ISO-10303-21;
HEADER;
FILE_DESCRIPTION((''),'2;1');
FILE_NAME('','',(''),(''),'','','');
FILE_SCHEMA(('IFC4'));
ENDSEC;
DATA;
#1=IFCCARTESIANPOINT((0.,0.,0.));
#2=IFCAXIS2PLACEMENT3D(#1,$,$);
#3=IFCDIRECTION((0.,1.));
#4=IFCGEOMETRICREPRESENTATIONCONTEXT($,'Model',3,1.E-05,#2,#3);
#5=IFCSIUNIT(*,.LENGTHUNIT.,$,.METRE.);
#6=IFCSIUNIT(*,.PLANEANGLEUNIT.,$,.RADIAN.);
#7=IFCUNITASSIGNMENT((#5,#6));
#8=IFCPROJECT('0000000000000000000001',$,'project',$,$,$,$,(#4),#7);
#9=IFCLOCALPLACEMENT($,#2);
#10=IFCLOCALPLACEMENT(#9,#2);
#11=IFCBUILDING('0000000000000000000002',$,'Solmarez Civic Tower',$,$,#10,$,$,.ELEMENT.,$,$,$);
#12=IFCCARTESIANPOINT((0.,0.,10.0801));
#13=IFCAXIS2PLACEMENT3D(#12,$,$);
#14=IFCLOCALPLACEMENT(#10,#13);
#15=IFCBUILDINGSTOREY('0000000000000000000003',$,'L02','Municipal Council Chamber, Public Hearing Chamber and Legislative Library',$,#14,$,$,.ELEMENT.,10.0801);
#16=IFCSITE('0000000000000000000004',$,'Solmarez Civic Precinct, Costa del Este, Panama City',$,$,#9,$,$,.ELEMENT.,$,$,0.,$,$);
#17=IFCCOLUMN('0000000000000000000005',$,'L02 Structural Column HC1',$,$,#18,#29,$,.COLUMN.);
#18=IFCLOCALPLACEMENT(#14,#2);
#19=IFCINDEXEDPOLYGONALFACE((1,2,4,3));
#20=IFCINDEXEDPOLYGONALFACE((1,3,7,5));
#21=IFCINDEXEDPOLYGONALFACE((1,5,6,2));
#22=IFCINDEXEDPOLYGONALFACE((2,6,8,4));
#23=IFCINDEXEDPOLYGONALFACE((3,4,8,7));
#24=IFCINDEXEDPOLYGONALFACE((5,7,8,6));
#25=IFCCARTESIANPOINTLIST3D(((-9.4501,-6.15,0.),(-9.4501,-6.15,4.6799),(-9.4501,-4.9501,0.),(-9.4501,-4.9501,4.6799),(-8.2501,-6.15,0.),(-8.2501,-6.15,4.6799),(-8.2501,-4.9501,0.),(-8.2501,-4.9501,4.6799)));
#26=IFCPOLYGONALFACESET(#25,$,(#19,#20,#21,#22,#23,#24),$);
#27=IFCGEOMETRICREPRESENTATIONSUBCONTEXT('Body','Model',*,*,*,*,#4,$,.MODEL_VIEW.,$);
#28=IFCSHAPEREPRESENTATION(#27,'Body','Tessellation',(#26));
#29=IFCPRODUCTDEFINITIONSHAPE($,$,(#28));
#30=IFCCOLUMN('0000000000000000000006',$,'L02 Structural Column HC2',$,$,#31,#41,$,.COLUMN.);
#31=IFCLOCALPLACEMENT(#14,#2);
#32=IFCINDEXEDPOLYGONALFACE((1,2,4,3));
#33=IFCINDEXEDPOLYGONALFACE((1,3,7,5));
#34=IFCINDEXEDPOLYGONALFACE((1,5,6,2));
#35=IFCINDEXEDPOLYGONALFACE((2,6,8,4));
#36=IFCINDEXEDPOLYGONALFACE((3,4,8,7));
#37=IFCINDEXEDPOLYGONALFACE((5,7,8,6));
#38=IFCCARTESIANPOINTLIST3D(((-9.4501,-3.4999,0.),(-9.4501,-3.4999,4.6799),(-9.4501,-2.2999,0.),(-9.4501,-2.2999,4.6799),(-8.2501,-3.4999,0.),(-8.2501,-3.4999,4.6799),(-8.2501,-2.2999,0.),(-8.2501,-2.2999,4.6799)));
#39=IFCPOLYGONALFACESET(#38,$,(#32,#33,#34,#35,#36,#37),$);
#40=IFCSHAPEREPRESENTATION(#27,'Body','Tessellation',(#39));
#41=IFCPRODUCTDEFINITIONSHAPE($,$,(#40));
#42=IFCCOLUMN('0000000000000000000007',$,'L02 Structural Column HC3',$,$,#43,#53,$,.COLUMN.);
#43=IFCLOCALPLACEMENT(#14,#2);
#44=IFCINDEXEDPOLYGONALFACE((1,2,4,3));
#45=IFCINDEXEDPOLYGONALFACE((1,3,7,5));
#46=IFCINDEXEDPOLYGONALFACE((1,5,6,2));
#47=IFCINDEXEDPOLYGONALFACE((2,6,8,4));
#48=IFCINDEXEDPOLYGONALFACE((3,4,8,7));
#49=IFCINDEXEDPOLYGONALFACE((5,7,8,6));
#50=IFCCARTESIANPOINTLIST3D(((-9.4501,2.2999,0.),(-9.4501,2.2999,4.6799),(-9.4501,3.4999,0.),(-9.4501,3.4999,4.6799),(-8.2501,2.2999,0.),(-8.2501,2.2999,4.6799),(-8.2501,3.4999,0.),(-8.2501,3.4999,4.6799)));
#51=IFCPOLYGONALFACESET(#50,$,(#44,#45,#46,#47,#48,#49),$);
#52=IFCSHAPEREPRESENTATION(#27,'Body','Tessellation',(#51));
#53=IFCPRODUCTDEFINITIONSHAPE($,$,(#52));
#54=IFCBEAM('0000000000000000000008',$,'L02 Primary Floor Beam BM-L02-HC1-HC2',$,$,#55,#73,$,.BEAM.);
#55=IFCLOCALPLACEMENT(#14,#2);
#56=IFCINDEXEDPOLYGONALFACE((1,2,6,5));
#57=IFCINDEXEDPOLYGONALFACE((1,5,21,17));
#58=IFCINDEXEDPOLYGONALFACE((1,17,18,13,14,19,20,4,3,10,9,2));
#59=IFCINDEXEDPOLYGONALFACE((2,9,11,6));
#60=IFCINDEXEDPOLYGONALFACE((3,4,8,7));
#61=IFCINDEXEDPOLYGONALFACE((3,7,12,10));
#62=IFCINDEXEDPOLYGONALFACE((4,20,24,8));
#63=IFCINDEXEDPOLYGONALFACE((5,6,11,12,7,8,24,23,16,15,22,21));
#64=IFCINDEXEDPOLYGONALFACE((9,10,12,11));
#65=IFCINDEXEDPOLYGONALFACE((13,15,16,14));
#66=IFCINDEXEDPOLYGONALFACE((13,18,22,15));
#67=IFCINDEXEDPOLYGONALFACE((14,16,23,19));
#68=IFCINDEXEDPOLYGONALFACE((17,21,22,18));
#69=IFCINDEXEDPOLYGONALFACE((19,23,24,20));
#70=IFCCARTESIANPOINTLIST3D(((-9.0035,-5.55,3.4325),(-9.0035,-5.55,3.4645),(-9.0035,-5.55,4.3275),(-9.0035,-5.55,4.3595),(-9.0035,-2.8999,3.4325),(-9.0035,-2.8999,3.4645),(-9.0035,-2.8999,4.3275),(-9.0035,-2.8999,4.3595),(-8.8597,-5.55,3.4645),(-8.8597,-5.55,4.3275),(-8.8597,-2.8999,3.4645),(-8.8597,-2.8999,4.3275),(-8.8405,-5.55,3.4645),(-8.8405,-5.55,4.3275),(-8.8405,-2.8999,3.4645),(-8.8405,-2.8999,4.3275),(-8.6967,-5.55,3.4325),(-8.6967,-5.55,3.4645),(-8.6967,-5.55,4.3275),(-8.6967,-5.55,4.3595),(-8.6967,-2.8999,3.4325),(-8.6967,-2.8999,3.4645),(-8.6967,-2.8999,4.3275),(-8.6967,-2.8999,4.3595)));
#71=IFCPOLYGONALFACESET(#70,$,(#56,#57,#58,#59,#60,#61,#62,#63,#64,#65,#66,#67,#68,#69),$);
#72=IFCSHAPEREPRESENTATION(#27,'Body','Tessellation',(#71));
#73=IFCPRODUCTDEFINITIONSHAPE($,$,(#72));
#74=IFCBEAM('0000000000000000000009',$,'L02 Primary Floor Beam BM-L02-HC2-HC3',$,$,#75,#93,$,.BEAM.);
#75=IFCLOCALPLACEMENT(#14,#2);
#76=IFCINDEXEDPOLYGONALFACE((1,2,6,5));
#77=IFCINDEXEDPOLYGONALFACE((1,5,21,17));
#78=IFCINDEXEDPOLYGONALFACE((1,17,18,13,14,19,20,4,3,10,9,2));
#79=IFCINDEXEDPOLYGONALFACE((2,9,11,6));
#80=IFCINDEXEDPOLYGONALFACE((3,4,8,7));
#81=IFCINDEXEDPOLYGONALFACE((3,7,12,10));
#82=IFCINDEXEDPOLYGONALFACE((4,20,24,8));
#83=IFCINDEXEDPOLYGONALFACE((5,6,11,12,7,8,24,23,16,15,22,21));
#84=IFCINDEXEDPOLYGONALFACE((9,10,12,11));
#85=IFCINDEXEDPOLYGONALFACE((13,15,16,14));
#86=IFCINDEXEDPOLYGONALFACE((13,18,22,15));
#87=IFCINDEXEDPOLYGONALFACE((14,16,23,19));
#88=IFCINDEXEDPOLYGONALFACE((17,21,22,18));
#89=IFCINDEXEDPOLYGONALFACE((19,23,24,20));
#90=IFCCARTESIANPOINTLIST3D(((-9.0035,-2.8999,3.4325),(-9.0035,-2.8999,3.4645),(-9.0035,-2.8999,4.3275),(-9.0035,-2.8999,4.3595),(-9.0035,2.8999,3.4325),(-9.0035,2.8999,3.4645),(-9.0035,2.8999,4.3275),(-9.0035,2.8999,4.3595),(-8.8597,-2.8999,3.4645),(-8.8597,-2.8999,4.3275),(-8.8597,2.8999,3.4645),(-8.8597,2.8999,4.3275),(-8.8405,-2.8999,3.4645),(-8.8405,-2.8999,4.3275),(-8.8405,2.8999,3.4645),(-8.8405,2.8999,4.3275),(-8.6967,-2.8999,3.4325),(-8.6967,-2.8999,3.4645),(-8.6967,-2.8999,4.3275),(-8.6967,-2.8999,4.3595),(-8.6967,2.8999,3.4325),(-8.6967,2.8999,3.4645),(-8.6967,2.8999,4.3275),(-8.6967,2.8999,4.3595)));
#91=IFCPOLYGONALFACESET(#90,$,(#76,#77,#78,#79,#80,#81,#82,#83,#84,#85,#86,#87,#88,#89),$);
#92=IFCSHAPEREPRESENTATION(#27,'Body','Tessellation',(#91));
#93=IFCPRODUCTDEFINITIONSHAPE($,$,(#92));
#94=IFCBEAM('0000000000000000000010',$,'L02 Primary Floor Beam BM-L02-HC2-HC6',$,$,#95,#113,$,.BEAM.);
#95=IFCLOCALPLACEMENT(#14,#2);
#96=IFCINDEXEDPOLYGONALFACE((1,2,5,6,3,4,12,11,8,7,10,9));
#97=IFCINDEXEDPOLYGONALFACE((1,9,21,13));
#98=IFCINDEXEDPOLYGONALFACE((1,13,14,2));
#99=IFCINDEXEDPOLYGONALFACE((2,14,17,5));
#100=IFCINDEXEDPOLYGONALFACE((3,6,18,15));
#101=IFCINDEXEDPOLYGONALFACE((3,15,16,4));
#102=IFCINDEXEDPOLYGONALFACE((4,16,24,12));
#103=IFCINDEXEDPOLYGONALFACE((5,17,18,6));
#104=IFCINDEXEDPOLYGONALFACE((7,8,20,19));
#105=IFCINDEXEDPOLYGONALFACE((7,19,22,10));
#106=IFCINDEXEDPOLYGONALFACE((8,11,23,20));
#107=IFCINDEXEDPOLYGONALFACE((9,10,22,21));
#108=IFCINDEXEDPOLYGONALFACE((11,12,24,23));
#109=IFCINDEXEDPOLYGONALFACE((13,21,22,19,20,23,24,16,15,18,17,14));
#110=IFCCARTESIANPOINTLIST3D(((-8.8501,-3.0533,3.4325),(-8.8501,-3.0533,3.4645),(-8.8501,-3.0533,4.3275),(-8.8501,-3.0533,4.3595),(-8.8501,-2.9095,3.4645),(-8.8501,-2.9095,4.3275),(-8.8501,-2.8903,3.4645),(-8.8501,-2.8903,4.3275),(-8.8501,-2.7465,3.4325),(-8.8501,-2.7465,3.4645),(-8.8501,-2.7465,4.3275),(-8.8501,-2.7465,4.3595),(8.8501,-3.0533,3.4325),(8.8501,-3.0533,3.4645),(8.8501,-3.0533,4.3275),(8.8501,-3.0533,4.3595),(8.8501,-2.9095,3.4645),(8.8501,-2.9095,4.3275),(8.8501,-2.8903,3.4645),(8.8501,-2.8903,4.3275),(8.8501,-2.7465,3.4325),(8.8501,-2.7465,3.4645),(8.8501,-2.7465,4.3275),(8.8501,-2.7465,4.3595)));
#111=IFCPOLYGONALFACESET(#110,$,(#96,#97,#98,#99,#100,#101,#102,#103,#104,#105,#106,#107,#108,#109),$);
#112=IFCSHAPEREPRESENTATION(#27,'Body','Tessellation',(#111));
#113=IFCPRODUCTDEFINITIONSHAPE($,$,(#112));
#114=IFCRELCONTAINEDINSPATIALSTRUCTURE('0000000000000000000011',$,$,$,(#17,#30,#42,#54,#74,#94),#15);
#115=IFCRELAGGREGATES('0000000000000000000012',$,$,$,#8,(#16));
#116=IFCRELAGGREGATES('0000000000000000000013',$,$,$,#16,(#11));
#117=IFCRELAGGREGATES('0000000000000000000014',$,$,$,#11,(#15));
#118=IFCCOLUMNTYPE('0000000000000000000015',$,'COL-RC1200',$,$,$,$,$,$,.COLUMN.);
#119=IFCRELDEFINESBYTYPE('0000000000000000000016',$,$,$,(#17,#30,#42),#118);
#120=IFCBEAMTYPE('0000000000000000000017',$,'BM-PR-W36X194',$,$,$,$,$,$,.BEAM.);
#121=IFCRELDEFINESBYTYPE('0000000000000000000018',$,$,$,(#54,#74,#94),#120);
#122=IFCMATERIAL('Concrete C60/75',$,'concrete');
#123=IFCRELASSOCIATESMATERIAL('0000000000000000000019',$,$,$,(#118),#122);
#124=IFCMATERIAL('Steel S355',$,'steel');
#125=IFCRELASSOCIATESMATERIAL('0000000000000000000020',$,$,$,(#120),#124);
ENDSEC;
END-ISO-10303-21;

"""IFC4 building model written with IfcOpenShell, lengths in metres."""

from ifc_helpers import new_model, si_unit, direction, frame, origin, origin_2d, place, context, subcontext, project, spatial, rectangle, i_section, extrude, material, material_profile, profile_set, type_object, element, save


model = new_model("IFC4")

# Units and contexts
model_context = context("Model", 3, precision=1e-05, world=origin(), true_north=direction((0.0, 1.0)))
body_context = subcontext(model_context, "Body", "Model", "MODEL_VIEW")
ifc_project = project(units=[si_unit("LENGTHUNIT", "METRE"), si_unit("PLANEANGLEUNIT", "RADIAN")], contexts=[model_context])

# Site, building, storey
site_placement = place(None, origin())
site = spatial("IfcSite", under=ifc_project, at=site_placement, Name="Solmarez Civic Precinct, Costa del Este, Panama City", CompositionType="ELEMENT", RefElevation=0.0)
building_placement = place(site_placement, origin())
building = spatial("IfcBuilding", under=site, at=building_placement, Name="Solmarez Civic Tower", CompositionType="ELEMENT")
storey_placement = place(building_placement, frame((0.0, 0.0, 10.0801)))
storey = spatial("IfcBuildingStorey", under=building, at=storey_placement, Name="L02", Description="Municipal Council Chamber, Public Hearing Chamber and Legislative Library", CompositionType="ELEMENT", Elevation=10.0801)

# Columns
ifc_material_1 = material(Name="Concrete C60/75", Category="concrete")
ifc_material_profile_1 = material_profile(ifc_material_1, rectangle(XDim=1.2, YDim=1.2, at=origin_2d()), Name="RC1200X1200")
ifc_profile_set_1 = profile_set([ifc_material_profile_1], Name="Concrete C60/75")
column_type = type_object("IfcColumnType", Name="COL-RC1200", PredefinedType="COLUMN", material=ifc_profile_set_1)
for number, where, z_axis, x_axis, name in (
    (1, (-8.8501, -5.55, 0.0), (0.0, 0.0, 1.0), (1.0, 0.0, 0.0), "L02 Structural Column HC1"),
    (2, (-8.8501, -2.8999, 0.0), (0.0, 0.0, 1.0), (1.0, 0.0, 0.0), "L02 Structural Column HC2"),
    (3, (-8.8501, 2.8999, 0.0), (0.0, 0.0, 1.0), (1.0, 0.0, 0.0), "L02 Structural Column HC3"),
):
    element("IfcColumn", number, at=place(storey_placement, frame(where, z_axis=z_axis, x_axis=x_axis)), inside=storey, type_object=column_type, Name=name, PredefinedType="COLUMN", context=body_context, shape_type="SweptSolid", body=[
        extrude(rectangle(XDim=1.2, YDim=1.2, at=origin_2d()), origin(), (0.0, 0.0, 1.0), 4.6799),
    ])

# Beams
ifc_material_2 = material(Name="Steel S355", Category="steel")
ifc_material_profile_2 = material_profile(ifc_material_2, i_section(OverallWidth=0.3069, OverallDepth=0.927, WebThickness=0.0193, FlangeThickness=0.032, at=origin_2d()), Name="W36X194")
ifc_profile_set_2 = profile_set([ifc_material_profile_2], Name="Steel S355")
beam_type = type_object("IfcBeamType", Name="BM-PR-W36X194", PredefinedType="BEAM", material=ifc_profile_set_2)
beam_1_placement = place(storey_placement, frame((-8.8501, -5.55, 3.896), z_axis=(0.0, 1.0, 0.0), x_axis=(-1.0, 0.0, 0.0)))
element("IfcBeam", 4, at=beam_1_placement, inside=storey, type_object=beam_type, Name="L02 Primary Floor Beam BM-L02-HC1-HC2", PredefinedType="BEAM", context=body_context, shape_type="SweptSolid", body=[
    extrude(i_section(OverallWidth=0.3069, OverallDepth=0.927, WebThickness=0.0193, FlangeThickness=0.032, at=origin_2d()), origin(), (0.0, 0.0, 1.0), 2.6501),
])
beam_2_placement = place(storey_placement, frame((-8.8501, -2.8999, 3.896), z_axis=(0.0, 1.0, 0.0), x_axis=(-1.0, 0.0, 0.0)))
element("IfcBeam", 5, at=beam_2_placement, inside=storey, type_object=beam_type, Name="L02 Primary Floor Beam BM-L02-HC2-HC3", PredefinedType="BEAM", context=body_context, shape_type="SweptSolid", body=[
    extrude(i_section(OverallWidth=0.3069, OverallDepth=0.927, WebThickness=0.0193, FlangeThickness=0.032, at=origin_2d()), origin(), (0.0, 0.0, 1.0), 5.7998),
])
beam_3_placement = place(storey_placement, frame((-8.8501, -2.8999, 3.896), z_axis=(1.0, 0.0, 0.0), x_axis=(0.0, 1.0, 0.0)))
element("IfcBeam", 6, at=beam_3_placement, inside=storey, type_object=beam_type, Name="L02 Primary Floor Beam BM-L02-HC2-HC6", PredefinedType="BEAM", context=body_context, shape_type="SweptSolid", body=[
    extrude(i_section(OverallWidth=0.3069, OverallDepth=0.927, WebThickness=0.0193, FlangeThickness=0.032, at=origin_2d()), origin(), (0.0, 0.0, 1.0), 17.7002),
])

save(model, "model.ifc")
